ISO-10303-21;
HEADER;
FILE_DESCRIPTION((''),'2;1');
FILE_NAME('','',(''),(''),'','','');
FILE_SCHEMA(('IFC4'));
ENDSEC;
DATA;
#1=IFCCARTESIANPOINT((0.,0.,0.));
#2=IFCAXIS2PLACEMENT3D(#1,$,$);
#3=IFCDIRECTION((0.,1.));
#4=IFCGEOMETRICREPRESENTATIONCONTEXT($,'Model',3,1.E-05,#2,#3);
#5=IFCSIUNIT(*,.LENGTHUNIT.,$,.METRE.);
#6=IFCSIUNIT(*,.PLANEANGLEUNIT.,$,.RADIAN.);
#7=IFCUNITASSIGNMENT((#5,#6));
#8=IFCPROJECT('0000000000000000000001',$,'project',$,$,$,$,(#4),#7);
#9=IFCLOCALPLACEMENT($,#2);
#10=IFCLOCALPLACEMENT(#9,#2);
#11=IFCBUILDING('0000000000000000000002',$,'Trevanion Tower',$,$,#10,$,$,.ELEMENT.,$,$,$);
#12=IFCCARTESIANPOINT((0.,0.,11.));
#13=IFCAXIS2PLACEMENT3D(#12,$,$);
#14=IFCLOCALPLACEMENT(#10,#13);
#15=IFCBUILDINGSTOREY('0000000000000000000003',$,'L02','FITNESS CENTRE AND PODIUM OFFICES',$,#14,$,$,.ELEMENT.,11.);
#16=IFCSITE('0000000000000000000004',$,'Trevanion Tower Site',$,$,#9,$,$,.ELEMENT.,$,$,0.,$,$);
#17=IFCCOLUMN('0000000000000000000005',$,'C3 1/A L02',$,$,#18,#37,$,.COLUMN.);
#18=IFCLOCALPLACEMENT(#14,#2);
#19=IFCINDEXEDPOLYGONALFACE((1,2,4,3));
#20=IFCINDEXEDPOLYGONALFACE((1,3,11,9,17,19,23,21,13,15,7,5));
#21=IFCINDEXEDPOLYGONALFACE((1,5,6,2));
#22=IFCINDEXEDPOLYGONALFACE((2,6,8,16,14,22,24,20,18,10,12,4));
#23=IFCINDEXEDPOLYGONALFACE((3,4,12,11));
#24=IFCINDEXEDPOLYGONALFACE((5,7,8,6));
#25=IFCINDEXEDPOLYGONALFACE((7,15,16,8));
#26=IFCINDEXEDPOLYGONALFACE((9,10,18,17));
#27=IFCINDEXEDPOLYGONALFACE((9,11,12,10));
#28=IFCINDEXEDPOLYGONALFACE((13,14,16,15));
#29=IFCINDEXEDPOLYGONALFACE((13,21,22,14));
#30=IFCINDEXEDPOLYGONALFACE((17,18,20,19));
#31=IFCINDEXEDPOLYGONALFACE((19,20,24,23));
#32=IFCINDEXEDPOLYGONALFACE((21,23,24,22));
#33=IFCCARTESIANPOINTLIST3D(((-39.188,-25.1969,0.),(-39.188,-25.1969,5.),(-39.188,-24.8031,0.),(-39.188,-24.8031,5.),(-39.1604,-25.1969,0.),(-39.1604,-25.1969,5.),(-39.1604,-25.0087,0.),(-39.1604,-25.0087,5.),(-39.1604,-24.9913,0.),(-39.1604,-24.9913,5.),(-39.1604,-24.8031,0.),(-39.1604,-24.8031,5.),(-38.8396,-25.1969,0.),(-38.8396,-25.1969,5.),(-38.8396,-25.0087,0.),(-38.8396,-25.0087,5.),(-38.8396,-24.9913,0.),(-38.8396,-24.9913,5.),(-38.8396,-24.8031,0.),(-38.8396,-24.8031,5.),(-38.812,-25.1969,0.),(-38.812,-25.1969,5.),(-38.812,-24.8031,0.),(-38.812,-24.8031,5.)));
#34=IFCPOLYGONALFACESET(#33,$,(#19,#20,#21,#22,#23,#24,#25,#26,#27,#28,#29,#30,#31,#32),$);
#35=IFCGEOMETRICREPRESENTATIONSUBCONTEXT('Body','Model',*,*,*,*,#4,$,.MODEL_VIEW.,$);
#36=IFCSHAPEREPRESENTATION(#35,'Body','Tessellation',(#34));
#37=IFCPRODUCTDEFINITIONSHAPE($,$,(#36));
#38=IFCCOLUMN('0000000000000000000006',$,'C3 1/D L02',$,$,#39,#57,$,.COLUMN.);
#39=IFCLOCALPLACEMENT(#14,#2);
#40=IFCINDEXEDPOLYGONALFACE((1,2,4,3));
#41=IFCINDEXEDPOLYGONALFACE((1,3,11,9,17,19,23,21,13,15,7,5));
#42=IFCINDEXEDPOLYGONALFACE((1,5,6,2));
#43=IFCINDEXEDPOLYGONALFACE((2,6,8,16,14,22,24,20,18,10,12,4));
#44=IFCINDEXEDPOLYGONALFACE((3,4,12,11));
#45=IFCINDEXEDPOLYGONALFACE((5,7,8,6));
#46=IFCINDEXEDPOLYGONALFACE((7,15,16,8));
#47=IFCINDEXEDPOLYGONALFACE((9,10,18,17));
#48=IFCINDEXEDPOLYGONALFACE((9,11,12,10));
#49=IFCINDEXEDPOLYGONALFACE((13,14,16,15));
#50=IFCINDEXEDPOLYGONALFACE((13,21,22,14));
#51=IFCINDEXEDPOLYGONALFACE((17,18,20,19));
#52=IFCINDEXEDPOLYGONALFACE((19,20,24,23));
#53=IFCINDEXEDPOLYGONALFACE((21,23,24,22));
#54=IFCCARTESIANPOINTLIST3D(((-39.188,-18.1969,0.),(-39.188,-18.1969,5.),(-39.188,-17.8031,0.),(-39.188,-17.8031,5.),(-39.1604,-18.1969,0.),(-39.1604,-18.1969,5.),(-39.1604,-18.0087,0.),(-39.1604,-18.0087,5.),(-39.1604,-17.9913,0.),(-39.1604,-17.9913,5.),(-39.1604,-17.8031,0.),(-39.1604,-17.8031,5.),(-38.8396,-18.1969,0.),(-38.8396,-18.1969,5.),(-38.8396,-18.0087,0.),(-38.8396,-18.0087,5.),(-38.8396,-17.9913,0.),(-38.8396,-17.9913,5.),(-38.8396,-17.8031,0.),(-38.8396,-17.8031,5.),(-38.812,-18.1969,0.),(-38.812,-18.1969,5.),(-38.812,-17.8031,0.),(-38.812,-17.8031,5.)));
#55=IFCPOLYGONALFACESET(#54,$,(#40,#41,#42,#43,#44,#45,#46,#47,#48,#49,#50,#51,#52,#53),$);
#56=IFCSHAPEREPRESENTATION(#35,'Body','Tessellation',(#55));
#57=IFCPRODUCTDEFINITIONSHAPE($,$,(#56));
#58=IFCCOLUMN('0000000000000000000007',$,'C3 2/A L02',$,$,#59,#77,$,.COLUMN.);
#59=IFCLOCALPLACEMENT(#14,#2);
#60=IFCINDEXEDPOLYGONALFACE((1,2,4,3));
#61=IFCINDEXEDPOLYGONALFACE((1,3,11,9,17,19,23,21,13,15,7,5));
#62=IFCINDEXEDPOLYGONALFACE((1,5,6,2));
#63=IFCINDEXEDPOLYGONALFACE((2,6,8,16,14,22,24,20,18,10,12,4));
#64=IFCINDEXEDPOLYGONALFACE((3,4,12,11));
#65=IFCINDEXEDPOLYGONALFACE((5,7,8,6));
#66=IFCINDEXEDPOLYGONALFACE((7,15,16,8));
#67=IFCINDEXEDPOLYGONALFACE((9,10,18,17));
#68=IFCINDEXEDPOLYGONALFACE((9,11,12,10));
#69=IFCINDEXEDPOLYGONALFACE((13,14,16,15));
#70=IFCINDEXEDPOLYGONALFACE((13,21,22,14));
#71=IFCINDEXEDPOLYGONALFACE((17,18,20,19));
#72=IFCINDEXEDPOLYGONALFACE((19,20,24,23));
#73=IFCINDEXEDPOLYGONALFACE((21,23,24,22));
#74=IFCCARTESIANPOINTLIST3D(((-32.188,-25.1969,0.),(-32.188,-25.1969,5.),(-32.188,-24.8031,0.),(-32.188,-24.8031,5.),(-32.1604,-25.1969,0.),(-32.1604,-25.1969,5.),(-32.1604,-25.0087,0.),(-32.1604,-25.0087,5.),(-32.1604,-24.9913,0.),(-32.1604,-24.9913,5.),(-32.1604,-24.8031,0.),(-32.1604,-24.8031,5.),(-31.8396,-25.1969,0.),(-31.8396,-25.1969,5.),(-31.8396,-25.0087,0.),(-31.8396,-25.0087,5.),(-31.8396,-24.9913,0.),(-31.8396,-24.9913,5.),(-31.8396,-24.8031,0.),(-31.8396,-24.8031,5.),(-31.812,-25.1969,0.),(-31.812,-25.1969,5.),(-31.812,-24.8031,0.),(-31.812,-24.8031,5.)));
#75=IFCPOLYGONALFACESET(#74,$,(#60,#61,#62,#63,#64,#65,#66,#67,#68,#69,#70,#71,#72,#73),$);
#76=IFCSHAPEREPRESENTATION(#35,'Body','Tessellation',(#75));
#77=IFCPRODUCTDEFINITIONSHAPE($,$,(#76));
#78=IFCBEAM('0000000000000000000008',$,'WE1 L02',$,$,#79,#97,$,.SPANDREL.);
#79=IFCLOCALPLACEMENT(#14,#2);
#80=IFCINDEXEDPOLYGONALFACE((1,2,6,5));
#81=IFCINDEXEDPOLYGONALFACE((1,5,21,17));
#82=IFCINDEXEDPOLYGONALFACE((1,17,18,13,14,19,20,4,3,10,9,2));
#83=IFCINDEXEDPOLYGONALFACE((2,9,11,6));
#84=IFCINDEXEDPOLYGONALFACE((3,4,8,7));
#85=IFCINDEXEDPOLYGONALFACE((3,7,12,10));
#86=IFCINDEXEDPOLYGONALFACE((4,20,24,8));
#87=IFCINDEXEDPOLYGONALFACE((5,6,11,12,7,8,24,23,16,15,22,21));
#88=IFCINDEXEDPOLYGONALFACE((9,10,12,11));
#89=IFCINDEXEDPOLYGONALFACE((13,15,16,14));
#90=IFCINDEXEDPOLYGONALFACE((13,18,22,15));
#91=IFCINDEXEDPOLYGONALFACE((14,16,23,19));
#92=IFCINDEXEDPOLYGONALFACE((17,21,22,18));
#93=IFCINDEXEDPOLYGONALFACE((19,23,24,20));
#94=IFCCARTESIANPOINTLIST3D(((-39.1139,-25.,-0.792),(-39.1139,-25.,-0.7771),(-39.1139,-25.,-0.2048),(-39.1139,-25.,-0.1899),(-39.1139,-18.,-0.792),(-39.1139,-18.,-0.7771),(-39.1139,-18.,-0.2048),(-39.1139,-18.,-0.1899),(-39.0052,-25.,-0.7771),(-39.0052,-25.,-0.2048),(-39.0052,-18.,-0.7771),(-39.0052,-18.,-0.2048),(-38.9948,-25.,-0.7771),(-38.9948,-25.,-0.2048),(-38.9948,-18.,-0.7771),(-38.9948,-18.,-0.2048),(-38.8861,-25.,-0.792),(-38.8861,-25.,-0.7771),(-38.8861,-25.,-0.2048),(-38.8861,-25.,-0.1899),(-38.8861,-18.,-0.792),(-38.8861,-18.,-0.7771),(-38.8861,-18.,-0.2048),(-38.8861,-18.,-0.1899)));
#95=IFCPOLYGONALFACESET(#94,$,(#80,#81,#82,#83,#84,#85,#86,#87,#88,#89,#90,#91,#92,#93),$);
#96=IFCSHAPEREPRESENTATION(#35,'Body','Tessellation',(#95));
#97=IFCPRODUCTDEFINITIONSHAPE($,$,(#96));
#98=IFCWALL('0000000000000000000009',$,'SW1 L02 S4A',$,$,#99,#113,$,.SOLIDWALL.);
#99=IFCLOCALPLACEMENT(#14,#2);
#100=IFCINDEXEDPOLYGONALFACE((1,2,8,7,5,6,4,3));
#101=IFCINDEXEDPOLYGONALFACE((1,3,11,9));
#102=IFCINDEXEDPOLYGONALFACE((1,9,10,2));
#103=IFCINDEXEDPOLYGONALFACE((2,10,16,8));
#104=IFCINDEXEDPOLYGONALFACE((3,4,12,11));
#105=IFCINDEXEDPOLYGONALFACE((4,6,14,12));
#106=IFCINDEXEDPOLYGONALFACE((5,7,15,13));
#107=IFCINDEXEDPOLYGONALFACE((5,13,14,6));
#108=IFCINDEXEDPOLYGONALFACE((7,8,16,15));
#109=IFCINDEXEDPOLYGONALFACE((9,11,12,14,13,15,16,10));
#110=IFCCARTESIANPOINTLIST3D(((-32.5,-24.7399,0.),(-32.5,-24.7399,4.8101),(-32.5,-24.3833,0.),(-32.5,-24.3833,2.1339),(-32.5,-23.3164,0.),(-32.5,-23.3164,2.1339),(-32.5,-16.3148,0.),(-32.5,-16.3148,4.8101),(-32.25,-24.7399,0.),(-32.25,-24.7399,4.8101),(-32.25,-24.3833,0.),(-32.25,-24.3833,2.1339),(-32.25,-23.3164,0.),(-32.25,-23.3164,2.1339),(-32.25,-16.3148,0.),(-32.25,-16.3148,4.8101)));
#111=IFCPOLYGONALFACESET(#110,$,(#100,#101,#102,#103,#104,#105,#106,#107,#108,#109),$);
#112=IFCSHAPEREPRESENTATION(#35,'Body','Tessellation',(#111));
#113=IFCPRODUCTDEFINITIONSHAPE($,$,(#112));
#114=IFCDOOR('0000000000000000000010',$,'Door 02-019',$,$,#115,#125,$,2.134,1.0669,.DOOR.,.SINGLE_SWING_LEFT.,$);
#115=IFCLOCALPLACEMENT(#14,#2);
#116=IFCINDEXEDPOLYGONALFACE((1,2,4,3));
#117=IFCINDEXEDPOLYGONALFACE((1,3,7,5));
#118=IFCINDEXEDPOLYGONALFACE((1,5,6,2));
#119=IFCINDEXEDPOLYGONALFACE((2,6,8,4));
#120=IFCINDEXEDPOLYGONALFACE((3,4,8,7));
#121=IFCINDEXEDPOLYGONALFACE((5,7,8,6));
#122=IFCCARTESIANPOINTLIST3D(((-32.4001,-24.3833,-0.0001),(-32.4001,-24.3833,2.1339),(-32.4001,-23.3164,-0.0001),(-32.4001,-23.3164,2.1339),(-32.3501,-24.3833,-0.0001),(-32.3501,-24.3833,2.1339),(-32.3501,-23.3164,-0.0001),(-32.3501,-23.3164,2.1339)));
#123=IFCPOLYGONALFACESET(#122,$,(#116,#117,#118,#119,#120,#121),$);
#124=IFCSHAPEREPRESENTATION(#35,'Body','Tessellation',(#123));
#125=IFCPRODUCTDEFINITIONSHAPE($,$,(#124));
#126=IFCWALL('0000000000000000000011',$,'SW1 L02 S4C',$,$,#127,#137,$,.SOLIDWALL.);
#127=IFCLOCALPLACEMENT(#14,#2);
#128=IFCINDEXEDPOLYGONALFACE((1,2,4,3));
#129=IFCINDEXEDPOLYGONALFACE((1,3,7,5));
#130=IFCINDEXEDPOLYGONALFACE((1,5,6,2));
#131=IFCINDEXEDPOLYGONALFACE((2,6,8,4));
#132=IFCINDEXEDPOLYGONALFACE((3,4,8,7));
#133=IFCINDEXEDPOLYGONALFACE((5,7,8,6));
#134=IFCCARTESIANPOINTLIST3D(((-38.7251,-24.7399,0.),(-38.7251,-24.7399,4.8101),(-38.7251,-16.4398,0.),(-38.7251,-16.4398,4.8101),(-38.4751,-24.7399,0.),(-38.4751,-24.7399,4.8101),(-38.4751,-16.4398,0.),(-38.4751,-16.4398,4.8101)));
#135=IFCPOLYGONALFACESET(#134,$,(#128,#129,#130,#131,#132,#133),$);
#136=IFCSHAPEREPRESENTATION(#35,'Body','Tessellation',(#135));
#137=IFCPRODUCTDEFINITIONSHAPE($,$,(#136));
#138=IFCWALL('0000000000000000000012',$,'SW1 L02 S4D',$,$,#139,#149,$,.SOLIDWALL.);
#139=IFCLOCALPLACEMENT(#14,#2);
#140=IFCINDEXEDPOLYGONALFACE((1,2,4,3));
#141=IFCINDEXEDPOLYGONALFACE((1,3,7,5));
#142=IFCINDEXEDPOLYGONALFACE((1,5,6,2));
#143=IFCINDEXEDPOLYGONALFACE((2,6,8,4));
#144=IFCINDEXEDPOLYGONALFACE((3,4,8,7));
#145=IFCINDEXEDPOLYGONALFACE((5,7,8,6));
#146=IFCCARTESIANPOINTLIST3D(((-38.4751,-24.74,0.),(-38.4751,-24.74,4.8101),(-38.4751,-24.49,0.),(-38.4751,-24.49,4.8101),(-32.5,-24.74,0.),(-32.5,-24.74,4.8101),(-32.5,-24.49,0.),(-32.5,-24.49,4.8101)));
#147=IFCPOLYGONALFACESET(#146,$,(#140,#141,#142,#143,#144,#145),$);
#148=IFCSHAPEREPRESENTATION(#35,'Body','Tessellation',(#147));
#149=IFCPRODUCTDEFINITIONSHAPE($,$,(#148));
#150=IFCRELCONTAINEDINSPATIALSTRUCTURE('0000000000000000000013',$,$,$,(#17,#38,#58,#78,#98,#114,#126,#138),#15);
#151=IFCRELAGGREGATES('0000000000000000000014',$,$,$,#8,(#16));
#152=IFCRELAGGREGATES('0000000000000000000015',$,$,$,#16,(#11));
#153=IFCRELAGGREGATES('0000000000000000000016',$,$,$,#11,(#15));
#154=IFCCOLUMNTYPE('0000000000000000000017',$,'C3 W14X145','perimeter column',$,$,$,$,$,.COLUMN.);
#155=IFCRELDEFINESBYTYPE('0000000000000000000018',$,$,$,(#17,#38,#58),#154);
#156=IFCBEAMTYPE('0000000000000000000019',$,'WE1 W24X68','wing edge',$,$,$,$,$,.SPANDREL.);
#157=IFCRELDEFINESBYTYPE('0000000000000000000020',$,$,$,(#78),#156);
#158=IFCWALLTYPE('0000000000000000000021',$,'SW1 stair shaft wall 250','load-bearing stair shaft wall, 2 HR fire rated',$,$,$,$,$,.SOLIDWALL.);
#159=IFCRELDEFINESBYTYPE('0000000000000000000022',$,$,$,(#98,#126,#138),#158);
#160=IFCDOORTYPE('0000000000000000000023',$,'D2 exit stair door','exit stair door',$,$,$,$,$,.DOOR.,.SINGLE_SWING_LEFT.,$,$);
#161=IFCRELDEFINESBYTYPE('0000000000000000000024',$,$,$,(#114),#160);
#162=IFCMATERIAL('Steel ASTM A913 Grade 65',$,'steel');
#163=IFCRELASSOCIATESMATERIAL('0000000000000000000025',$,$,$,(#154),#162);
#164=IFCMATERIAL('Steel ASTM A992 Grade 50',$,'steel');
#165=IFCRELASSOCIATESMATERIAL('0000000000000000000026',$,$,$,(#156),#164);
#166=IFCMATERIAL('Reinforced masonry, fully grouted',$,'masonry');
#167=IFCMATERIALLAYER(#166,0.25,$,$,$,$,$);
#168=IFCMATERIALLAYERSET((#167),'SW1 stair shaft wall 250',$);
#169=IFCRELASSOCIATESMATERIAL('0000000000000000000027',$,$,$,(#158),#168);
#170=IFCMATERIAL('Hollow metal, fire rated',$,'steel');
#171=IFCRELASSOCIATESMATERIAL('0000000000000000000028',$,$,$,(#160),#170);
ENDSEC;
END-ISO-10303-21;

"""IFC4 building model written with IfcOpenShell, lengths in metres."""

from ifc_helpers import new_model, si_unit, direction, frame, frame_2d, origin, origin_2d, place, context, subcontext, project, spatial, rectangle, i_section, extrude, material, layer, layer_set, material_profile, profile_set, type_object, element, fill, save


model = new_model("IFC4")

# Units and contexts
model_context = context("Model", 3, precision=1e-05, world=origin(), true_north=direction((0.0, 1.0)))
body_context = subcontext(model_context, "Body", "Model", "MODEL_VIEW")
ifc_project = project(units=[si_unit("LENGTHUNIT", "METRE"), si_unit("PLANEANGLEUNIT", "RADIAN")], contexts=[model_context])

# Site, building, storey
site_placement = place(None, origin())
site = spatial("IfcSite", under=ifc_project, at=site_placement, Name="Trevanion Tower Site", CompositionType="ELEMENT", RefElevation=0.0)
building_placement = place(site_placement, origin())
building = spatial("IfcBuilding", under=site, at=building_placement, Name="Trevanion Tower", CompositionType="ELEMENT")
storey_placement = place(building_placement, frame((0.0, 0.0, 11.0)))
storey = spatial("IfcBuildingStorey", under=building, at=storey_placement, Name="L02", Description="FITNESS CENTRE AND PODIUM OFFICES", CompositionType="ELEMENT", Elevation=11.0)

# Columns
ifc_material_1 = material(Name="Steel ASTM A913 Grade 65", Category="steel")
ifc_material_profile_1 = material_profile(ifc_material_1, i_section(OverallWidth=0.3938, OverallDepth=0.376, WebThickness=0.0173, FlangeThickness=0.0276, at=origin_2d()), Name="W14X145")
ifc_profile_set_1 = profile_set([ifc_material_profile_1], Name="Steel ASTM A913 Grade 65")
column_type = type_object("IfcColumnType", Name="C3 W14X145", Description="perimeter column", PredefinedType="COLUMN", material=ifc_profile_set_1)
for number, where, z_axis, x_axis, name in (
    (1, (-39.0, -25.0, 0.0), (0.0, 0.0, 1.0), (0.0, 1.0, 0.0), "C3 1/A L02"),
    (2, (-39.0, -18.0, 0.0), (0.0, 0.0, 1.0), (0.0, 1.0, 0.0), "C3 1/D L02"),
    (3, (-32.0, -25.0, 0.0), (0.0, 0.0, 1.0), (0.0, 1.0, 0.0), "C3 2/A L02"),
):
    element("IfcColumn", number, at=place(storey_placement, frame(where, z_axis=z_axis, x_axis=x_axis)), inside=storey, type_object=column_type, Name=name, PredefinedType="COLUMN", context=body_context, shape_type="SweptSolid", body=[
        extrude(i_section(OverallWidth=0.3938, OverallDepth=0.376, WebThickness=0.0173, FlangeThickness=0.0276, at=origin_2d()), origin(), (0.0, 0.0, 1.0), 5.0),
    ])

# Beam
ifc_material_2 = material(Name="Steel ASTM A992 Grade 50", Category="steel")
ifc_material_profile_2 = material_profile(ifc_material_2, i_section(OverallWidth=0.2278, OverallDepth=0.6021, WebThickness=0.0105, FlangeThickness=0.0149, at=origin_2d()), Name="W24X68")
ifc_profile_set_2 = profile_set([ifc_material_profile_2], Name="Steel ASTM A992 Grade 50")
beam_type = type_object("IfcBeamType", Name="WE1 W24X68", Description="wing edge", PredefinedType="SPANDREL", material=ifc_profile_set_2)
beam_placement = place(storey_placement, frame((-39.0, -18.0, -0.491), z_axis=(0.0, -1.0, 0.0), x_axis=(1.0, 0.0, 0.0)))
element("IfcBeam", 4, at=beam_placement, inside=storey, type_object=beam_type, Name="WE1 L02", PredefinedType="SPANDREL", context=body_context, shape_type="SweptSolid", body=[
    extrude(i_section(OverallWidth=0.2278, OverallDepth=0.6021, WebThickness=0.0105, FlangeThickness=0.0149, at=origin_2d()), origin(), (0.0, 0.0, 1.0), 7.0),
])

# Wall, opening, door
ifc_material_3 = material(Name="Reinforced masonry, fully grouted", Category="masonry")
ifc_layer_1 = layer(ifc_material_3, 0.25)
ifc_layer_set_1 = layer_set([ifc_layer_1], Name="SW1 stair shaft wall 250")
wall_type_1 = type_object("IfcWallType", Name="SW1 stair shaft wall 250", Description="load-bearing stair shaft wall, 2 HR fire rated", PredefinedType="SOLIDWALL", material=ifc_layer_set_1)
wall_1_placement = place(storey_placement, frame((-32.375, -16.3149, 0.0), z_axis=(0.0, 0.0, 1.0), x_axis=(0.0, -1.0, 0.0)))
wall_1 = element("IfcWall", 5, at=wall_1_placement, inside=storey, type_object=wall_type_1, Name="SW1 L02 S4A", PredefinedType="SOLIDWALL", context=body_context, shape_type="SweptSolid", body=[
    extrude(rectangle(XDim=8.425, YDim=0.25, at=frame_2d((4.2124, 0.0))), origin(), (0.0, 0.0, 1.0), 4.8101),
])
opening_1_placement = place(wall_1_placement, frame((7.0015, 0.0, 0.0)))
opening_1 = element("IfcOpeningElement", 6, at=opening_1_placement, cuts=wall_1, PredefinedType="OPENING", context=body_context, shape_type="SweptSolid", body=[
    extrude(rectangle(XDim=1.0669, YDim=2.134, at=frame_2d((0.5334, 1.0669))), frame((0.0, 0.135, 0.0), z_axis=(0.0, -1.0, 0.0), x_axis=(1.0, 0.0, 0.0)), (0.0, 0.0, 1.0), 0.27),
])
ifc_material_4 = material(Name="Hollow metal, fire rated", Category="steel")
door_type = type_object("IfcDoorType", Name="D2 exit stair door", Description="exit stair door", OperationType="SINGLE_SWING_LEFT", PredefinedType="DOOR", material=ifc_material_4)
door_placement = place(opening_1_placement, origin())
door = element("IfcDoor", 7, at=door_placement, inside=storey, type_object=door_type, Name="Door 02-019", OperationType="SINGLE_SWING_LEFT", OverallHeight=2.134, OverallWidth=1.0669, PredefinedType="DOOR", context=body_context, shape_type="SweptSolid", body=[
    extrude(rectangle(XDim=1.0669, YDim=2.134, at=frame_2d((0.5334, 1.0669))), frame((0.0, 0.0249, 0.0), z_axis=(0.0, -1.0, 0.0), x_axis=(1.0, 0.0, 0.0)), (0.0, 0.0, 1.0), 0.05),
])
fill(opening_1, door)

# Walls
wall_2_placement = place(storey_placement, frame((-38.6001, -16.4399, 0.0), z_axis=(0.0, 0.0, 1.0), x_axis=(0.0, -1.0, 0.0)))
element("IfcWall", 8, at=wall_2_placement, inside=storey, type_object=wall_type_1, Name="SW1 L02 S4C", PredefinedType="SOLIDWALL", context=body_context, shape_type="SweptSolid", body=[
    extrude(rectangle(XDim=8.3, YDim=0.25, at=frame_2d((4.1499, 0.0))), origin(), (0.0, 0.0, 1.0), 4.8101),
])
wall_3_placement = place(storey_placement, frame((-32.5, -24.615, 0.0), z_axis=(0.0, 0.0, 1.0), x_axis=(-1.0, 0.0, 0.0)))
element("IfcWall", 9, at=wall_3_placement, inside=storey, type_object=wall_type_1, Name="SW1 L02 S4D", PredefinedType="SOLIDWALL", context=body_context, shape_type="SweptSolid", body=[
    extrude(rectangle(XDim=5.9751, YDim=0.25, at=frame_2d((2.9875, 0.0))), origin(), (0.0, 0.0, 1.0), 4.8101),
])

save(model, "model.ifc")
